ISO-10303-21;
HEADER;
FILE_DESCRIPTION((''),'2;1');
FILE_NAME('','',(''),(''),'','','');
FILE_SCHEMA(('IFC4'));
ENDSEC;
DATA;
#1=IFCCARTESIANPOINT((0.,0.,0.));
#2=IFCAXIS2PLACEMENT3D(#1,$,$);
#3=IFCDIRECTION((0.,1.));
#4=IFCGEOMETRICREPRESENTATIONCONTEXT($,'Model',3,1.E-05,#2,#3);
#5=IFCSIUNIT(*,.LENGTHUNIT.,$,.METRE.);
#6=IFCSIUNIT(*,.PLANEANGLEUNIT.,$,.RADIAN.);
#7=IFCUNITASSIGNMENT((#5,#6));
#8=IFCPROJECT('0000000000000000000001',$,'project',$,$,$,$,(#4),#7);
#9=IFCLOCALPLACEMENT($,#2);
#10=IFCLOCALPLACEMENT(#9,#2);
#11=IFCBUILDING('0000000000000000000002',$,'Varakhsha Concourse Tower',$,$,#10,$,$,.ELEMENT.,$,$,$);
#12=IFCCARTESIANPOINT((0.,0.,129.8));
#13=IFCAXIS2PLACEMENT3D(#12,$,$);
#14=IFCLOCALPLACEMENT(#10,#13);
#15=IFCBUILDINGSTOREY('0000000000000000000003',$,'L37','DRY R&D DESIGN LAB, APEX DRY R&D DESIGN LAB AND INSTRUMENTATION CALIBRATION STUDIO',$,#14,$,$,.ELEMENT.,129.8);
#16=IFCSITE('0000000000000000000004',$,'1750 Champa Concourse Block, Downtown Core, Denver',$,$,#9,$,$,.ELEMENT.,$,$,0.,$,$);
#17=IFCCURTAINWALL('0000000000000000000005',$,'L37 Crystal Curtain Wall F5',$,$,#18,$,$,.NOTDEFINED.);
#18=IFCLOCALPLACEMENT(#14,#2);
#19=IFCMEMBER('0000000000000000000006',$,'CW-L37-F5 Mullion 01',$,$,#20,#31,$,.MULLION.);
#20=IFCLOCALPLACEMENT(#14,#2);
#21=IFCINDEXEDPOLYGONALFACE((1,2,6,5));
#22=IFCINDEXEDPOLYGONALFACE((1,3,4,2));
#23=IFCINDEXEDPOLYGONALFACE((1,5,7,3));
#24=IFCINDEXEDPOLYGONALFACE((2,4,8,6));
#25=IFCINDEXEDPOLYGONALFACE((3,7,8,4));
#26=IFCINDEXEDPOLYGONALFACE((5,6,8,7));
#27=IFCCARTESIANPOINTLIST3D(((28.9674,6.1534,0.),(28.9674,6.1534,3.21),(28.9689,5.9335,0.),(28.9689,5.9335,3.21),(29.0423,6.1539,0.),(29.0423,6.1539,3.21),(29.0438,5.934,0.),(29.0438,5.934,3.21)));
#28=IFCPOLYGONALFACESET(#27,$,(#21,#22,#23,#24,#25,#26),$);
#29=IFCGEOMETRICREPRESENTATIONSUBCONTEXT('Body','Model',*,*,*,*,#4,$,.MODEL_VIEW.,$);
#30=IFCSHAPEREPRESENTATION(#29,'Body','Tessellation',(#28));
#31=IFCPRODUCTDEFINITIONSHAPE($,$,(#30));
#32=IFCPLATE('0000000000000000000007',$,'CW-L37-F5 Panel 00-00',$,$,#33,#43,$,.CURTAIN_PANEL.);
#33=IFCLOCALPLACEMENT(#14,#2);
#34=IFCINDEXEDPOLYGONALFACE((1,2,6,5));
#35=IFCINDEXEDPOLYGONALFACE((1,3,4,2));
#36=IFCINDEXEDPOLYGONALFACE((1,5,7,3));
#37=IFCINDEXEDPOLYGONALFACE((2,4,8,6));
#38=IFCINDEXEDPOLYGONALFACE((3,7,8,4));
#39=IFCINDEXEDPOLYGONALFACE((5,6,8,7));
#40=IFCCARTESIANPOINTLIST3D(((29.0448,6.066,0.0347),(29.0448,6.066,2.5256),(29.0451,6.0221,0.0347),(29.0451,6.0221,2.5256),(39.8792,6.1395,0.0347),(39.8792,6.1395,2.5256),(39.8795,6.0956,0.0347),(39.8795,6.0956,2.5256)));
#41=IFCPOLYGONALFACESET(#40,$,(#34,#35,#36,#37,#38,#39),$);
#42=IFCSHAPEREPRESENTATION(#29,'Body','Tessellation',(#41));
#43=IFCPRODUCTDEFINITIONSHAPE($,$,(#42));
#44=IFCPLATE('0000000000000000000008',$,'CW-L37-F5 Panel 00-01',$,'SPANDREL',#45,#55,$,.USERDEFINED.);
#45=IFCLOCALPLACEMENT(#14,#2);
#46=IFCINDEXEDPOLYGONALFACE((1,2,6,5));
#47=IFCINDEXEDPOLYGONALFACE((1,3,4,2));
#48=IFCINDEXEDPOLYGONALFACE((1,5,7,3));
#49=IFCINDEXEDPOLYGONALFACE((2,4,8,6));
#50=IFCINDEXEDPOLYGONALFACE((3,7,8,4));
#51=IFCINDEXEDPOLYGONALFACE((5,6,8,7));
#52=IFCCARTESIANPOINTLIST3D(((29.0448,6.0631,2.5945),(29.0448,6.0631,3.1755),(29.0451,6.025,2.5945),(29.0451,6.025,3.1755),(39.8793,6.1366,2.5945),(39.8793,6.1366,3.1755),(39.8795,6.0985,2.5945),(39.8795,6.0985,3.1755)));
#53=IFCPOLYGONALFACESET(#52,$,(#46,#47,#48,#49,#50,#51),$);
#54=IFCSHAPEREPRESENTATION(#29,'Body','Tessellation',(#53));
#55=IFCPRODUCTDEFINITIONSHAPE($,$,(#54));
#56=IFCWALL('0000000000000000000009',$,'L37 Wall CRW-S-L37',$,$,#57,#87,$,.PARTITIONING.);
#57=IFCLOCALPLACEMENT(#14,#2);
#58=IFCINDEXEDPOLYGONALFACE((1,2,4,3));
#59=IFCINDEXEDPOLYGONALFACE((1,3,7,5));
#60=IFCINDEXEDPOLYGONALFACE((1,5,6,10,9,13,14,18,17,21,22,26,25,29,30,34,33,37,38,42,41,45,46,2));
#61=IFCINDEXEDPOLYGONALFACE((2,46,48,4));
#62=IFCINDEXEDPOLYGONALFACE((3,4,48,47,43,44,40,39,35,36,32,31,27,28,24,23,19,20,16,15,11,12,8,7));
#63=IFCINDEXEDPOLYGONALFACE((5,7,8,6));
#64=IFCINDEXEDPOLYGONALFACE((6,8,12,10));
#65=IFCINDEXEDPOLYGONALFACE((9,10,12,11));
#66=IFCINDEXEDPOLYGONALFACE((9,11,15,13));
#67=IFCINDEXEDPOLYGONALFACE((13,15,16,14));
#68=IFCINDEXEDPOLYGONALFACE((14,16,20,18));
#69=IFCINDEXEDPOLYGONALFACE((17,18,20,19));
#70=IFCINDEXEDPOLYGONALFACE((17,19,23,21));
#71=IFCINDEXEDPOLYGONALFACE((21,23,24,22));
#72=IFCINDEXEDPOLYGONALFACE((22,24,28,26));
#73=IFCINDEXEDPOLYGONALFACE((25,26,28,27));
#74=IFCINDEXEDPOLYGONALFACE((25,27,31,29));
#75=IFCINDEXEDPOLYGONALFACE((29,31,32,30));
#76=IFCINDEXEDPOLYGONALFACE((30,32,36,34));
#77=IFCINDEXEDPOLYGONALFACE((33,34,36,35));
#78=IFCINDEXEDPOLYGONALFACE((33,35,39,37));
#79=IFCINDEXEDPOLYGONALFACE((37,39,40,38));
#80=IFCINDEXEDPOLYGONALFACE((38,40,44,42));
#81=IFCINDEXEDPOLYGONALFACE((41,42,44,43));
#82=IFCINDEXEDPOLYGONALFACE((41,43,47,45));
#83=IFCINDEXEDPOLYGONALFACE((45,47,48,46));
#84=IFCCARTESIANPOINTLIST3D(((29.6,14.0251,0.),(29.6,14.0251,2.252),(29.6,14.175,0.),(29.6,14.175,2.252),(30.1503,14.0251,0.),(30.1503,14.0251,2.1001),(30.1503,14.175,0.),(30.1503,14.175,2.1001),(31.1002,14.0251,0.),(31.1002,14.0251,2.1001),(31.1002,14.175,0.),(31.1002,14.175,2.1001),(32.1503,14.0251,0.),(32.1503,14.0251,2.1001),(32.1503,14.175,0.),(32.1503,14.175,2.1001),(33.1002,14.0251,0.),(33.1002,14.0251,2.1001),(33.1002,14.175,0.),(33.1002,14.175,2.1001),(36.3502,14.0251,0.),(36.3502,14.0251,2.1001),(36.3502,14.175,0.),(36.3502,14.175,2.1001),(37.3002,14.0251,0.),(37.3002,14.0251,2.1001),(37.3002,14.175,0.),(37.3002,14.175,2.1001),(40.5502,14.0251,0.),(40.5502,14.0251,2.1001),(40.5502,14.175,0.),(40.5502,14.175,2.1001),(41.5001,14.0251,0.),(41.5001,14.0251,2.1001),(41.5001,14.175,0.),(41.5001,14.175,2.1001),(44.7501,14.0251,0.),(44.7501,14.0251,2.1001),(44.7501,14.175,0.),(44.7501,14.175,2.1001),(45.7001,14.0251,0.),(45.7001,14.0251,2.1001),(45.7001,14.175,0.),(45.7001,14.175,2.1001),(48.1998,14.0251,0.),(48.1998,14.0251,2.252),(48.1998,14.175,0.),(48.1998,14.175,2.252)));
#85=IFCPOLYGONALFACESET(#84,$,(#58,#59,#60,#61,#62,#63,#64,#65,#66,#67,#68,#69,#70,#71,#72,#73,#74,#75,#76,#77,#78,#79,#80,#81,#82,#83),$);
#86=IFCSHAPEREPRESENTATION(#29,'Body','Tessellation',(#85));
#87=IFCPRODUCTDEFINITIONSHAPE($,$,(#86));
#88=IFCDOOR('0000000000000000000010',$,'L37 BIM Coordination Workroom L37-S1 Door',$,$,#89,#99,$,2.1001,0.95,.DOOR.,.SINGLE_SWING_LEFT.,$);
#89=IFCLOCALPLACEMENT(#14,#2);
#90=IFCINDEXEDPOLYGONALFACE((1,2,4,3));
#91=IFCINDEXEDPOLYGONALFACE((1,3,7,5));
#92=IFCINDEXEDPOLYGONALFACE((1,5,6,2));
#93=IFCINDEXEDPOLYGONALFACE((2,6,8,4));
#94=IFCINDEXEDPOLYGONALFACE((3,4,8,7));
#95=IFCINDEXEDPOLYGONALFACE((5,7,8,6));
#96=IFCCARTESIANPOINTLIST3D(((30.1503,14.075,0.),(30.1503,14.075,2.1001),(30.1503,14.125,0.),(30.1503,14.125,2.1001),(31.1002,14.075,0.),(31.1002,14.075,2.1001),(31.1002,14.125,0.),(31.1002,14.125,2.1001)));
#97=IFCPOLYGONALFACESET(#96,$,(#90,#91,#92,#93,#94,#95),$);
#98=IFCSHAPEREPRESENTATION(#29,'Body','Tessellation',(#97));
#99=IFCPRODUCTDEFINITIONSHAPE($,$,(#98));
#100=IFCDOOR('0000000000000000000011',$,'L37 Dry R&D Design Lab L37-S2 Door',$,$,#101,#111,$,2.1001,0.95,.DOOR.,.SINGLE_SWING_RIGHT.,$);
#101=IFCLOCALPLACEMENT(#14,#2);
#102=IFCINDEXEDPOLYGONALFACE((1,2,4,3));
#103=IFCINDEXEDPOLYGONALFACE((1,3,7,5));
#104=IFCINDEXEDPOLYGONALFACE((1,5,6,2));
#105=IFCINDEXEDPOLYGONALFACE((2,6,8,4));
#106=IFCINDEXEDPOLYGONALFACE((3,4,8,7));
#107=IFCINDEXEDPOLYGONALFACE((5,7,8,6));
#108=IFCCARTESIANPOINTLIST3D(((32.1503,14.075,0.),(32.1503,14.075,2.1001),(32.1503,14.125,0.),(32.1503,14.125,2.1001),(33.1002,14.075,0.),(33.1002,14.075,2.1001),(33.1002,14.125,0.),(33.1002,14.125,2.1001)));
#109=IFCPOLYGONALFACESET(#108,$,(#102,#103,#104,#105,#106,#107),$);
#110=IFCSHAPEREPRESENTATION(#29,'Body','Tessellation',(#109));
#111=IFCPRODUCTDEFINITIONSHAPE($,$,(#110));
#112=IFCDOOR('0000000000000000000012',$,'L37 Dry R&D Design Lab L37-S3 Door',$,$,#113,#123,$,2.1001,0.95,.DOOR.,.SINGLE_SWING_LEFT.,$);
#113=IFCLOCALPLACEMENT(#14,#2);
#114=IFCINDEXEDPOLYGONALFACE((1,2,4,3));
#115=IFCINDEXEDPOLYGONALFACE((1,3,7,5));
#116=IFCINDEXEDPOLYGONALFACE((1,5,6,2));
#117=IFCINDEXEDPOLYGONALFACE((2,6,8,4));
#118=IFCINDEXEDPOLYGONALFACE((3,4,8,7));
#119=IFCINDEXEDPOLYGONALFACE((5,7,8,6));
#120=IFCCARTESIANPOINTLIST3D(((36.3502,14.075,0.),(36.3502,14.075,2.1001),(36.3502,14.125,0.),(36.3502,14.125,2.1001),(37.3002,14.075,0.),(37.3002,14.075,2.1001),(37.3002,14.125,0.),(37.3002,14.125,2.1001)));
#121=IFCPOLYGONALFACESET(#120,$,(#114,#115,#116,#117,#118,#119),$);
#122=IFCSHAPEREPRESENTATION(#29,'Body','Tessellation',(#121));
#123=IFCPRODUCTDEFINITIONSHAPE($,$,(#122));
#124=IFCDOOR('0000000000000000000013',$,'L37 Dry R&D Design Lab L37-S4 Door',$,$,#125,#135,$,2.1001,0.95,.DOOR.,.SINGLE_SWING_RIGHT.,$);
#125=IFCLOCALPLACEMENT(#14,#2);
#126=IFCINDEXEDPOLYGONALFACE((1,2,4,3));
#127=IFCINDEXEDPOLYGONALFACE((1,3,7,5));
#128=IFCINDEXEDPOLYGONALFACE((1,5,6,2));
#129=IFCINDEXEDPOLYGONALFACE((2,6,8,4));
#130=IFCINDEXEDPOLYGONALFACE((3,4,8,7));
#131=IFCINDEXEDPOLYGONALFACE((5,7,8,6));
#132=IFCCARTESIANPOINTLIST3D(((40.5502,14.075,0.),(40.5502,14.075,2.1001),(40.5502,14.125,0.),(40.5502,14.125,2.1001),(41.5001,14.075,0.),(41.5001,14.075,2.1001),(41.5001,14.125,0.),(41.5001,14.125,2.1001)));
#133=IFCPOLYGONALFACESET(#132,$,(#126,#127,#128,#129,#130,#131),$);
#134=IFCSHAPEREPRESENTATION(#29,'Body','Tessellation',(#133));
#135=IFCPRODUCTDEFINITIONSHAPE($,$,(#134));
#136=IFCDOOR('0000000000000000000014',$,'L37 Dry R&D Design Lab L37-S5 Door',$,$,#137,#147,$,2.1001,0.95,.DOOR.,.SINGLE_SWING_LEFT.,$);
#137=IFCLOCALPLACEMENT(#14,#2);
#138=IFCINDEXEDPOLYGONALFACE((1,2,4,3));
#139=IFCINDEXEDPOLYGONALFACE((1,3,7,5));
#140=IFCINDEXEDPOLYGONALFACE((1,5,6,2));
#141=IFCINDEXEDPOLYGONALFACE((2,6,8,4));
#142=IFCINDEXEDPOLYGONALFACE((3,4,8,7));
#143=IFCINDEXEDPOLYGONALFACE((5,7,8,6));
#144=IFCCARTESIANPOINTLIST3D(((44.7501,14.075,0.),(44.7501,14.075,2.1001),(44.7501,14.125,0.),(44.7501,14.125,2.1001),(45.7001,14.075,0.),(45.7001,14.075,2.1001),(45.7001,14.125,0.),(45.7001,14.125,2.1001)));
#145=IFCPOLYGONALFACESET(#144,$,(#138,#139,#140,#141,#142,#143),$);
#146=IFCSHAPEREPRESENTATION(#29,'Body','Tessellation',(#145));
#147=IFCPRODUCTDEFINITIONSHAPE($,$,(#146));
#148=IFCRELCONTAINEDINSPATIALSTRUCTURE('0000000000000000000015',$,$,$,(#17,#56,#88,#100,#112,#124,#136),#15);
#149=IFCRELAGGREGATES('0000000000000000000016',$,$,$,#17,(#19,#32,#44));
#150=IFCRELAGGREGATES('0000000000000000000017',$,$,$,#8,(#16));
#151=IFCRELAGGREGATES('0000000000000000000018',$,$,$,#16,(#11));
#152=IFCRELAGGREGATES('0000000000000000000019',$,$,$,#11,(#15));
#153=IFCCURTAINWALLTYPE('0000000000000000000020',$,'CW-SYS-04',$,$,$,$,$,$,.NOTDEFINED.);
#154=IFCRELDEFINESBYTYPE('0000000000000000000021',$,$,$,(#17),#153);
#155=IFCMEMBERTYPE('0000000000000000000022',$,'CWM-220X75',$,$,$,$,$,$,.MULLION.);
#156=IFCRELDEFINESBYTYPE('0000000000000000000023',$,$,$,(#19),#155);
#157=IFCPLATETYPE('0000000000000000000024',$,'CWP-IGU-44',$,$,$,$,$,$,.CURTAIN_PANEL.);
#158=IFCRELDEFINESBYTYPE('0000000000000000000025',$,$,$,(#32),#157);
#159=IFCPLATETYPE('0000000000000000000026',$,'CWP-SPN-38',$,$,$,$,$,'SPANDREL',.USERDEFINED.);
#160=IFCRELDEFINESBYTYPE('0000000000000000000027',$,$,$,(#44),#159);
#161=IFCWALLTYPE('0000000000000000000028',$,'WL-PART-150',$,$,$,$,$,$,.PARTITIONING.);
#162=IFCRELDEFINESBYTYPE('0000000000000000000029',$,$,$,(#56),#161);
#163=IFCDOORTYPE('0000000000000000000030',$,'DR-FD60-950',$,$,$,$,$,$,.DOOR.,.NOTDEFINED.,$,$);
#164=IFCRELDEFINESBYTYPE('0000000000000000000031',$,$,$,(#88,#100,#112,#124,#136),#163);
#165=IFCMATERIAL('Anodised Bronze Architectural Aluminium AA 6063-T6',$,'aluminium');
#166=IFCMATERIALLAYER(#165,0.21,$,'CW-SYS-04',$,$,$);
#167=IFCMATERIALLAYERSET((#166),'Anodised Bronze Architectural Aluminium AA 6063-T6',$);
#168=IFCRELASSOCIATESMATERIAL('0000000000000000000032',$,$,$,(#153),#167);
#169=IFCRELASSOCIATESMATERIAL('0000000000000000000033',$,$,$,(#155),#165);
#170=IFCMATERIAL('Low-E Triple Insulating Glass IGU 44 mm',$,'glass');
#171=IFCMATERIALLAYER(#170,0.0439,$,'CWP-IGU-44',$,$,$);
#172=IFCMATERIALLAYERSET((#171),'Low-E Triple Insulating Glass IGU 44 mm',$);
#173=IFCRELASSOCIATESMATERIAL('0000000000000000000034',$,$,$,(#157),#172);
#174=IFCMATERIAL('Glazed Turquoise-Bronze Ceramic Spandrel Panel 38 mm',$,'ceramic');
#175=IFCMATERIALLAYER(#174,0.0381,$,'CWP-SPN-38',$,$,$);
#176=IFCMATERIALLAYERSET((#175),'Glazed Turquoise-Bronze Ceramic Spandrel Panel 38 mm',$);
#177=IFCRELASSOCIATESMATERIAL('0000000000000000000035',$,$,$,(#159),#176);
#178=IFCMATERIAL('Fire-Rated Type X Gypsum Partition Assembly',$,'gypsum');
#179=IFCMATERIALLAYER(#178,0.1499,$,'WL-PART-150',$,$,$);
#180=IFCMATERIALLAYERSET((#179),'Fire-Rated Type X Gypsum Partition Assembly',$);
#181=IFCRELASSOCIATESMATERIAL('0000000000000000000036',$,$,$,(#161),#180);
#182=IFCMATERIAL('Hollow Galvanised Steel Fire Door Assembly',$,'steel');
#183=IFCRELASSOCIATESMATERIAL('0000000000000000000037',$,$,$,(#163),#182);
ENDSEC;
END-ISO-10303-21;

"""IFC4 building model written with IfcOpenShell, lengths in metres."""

from ifc_helpers import new_model, si_unit, direction, frame, frame_2d, origin, origin_2d, place, context, subcontext, project, spatial, rectangle, extrude, source, transform, mapped, material, layer, layer_set, material_profile, profile_set, type_object, type_shapes, element, fill, aggregate, save


model = new_model("IFC4")

# Units and contexts
model_context = context("Model", 3, precision=1e-05, world=origin(), true_north=direction((0.0, 1.0)))
body_context = subcontext(model_context, "Body", "Model", "MODEL_VIEW")
ifc_project = project(units=[si_unit("LENGTHUNIT", "METRE"), si_unit("PLANEANGLEUNIT", "RADIAN")], contexts=[model_context])

# Site, building, storey
site_placement = place(None, origin())
site = spatial("IfcSite", under=ifc_project, at=site_placement, Name="1750 Champa Concourse Block, Downtown Core, Denver", CompositionType="ELEMENT", RefElevation=0.0)
building_placement = place(site_placement, origin())
building = spatial("IfcBuilding", under=site, at=building_placement, Name="Varakhsha Concourse Tower", CompositionType="ELEMENT")
storey_placement = place(building_placement, frame((0.0, 0.0, 129.8)))
storey = spatial("IfcBuildingStorey", under=building, at=storey_placement, Name="L37", Description="DRY R&D DESIGN LAB, APEX DRY R&D DESIGN LAB AND INSTRUMENTATION CALIBRATION STUDIO", CompositionType="ELEMENT", Elevation=129.8)

# Curtain wall, member, plates
ifc_material_1 = material(Name="Anodised Bronze Architectural Aluminium AA 6063-T6", Category="aluminium")
ifc_layer_1 = layer(ifc_material_1, 0.21, Name="CW-SYS-04")
ifc_layer_set_1 = layer_set([ifc_layer_1], Name="Anodised Bronze Architectural Aluminium AA 6063-T6")
curtain_wall_type = type_object("IfcCurtainWallType", Name="CW-SYS-04", PredefinedType="NOTDEFINED", material=ifc_layer_set_1)
curtain_wall_placement = place(storey_placement, origin())
curtain_wall = element("IfcCurtainWall", 1, at=curtain_wall_placement, inside=storey, type_object=curtain_wall_type, Name="L37 Crystal Curtain Wall F5", PredefinedType="NOTDEFINED")
ifc_material_profile_1 = material_profile(ifc_material_1, rectangle(XDim=0.075, YDim=0.22, at=origin_2d()), Name="CWM-220X75")
ifc_profile_set_1 = profile_set([ifc_material_profile_1], Name="Anodised Bronze Architectural Aluminium AA 6063-T6")
member_type = type_object("IfcMemberType", Name="CWM-220X75", PredefinedType="MULLION", material=ifc_profile_set_1)
shared_shape_1 = source(origin(), body_context, "Body", "SweptSolid", [
    extrude(rectangle(XDim=0.075, YDim=0.22, at=origin_2d()), origin(), (0.0, 0.0, 1.0), 3.21),
])
type_shapes(member_type, [shared_shape_1])
member_placement = place(storey_placement, frame((29.0056, 6.0437, 0.0), z_axis=(0.0, 0.0, 1.0), x_axis=(-0.999977, -0.006786, 0.0)))
member = element("IfcMember", 2, at=member_placement, type_object=member_type, Name="CW-L37-F5 Mullion 01", PredefinedType="MULLION", context=body_context, shape_type="MappedRepresentation", body=[
    mapped(shared_shape_1, transform((0.0, 0.0, 0.0), scale=1.0)),
])
ifc_material_2 = material(Name="Low-E Triple Insulating Glass IGU 44 mm", Category="glass")
ifc_layer_2 = layer(ifc_material_2, 0.0439, Name="CWP-IGU-44")
ifc_layer_set_2 = layer_set([ifc_layer_2], Name="Low-E Triple Insulating Glass IGU 44 mm")
plate_type_1 = type_object("IfcPlateType", Name="CWP-IGU-44", PredefinedType="CURTAIN_PANEL", material=ifc_layer_set_2)
shared_shape_2 = source(origin(), body_context, "Body", "SweptSolid", [
    extrude(rectangle(XDim=10.8347, YDim=0.0439, at=origin_2d()), origin(), (0.0, 0.0, 1.0), 2.491),
])
type_shapes(plate_type_1, [shared_shape_2])
plate_1_placement = place(storey_placement, frame((34.4622, 6.0808, 0.0347), z_axis=(0.0, 0.0, 1.0), x_axis=(-0.999977, -0.006786, 0.0)))
plate_1 = element("IfcPlate", 3, at=plate_1_placement, type_object=plate_type_1, Name="CW-L37-F5 Panel 00-00", PredefinedType="CURTAIN_PANEL", context=body_context, shape_type="MappedRepresentation", body=[
    mapped(shared_shape_2, transform((0.0, 0.0, 0.0), scale=1.0)),
])
ifc_material_3 = material(Name="Glazed Turquoise-Bronze Ceramic Spandrel Panel 38 mm", Category="ceramic")
ifc_layer_3 = layer(ifc_material_3, 0.0381, Name="CWP-SPN-38")
ifc_layer_set_3 = layer_set([ifc_layer_3], Name="Glazed Turquoise-Bronze Ceramic Spandrel Panel 38 mm")
plate_type_2 = type_object("IfcPlateType", Name="CWP-SPN-38", ElementType="SPANDREL", PredefinedType="USERDEFINED", material=ifc_layer_set_3)
shared_shape_3 = source(origin(), body_context, "Body", "SweptSolid", [
    extrude(rectangle(XDim=10.8347, YDim=0.0381, at=origin_2d()), origin(), (0.0, 0.0, 1.0), 0.5811),
])
type_shapes(plate_type_2, [shared_shape_3])
plate_2_placement = place(storey_placement, frame((34.4622, 6.0808, 2.5945), z_axis=(0.0, 0.0, 1.0), x_axis=(-0.999977, -0.006786, 0.0)))
plate_2 = element("IfcPlate", 4, at=plate_2_placement, type_object=plate_type_2, Name="CW-L37-F5 Panel 00-01", ObjectType="SPANDREL", PredefinedType="USERDEFINED", context=body_context, shape_type="MappedRepresentation", body=[
    mapped(shared_shape_3, transform((0.0, 0.0, 0.0), scale=1.0)),
])
aggregate(curtain_wall, [member, plate_1, plate_2])

# Wall, openings, doors
ifc_material_4 = material(Name="Fire-Rated Type X Gypsum Partition Assembly", Category="gypsum")
ifc_layer_4 = layer(ifc_material_4, 0.1499, Name="WL-PART-150")
ifc_layer_set_4 = layer_set([ifc_layer_4], Name="Fire-Rated Type X Gypsum Partition Assembly")
wall_type = type_object("IfcWallType", Name="WL-PART-150", PredefinedType="PARTITIONING", material=ifc_layer_set_4)
wall_1_placement = place(storey_placement, frame((29.6001, 14.1001, 0.0), z_axis=(0.0, 0.0, 1.0), x_axis=(1.0, 0.0, 0.0)))
wall_1 = element("IfcWall", 5, at=wall_1_placement, inside=storey, type_object=wall_type, Name="L37 Wall CRW-S-L37", PredefinedType="PARTITIONING", context=body_context, shape_type="SweptSolid", body=[
    extrude(rectangle(XDim=18.5999, YDim=0.1499, at=frame_2d((9.2998, 0.0))), origin(), (0.0, 0.0, 1.0), 2.252),
])
opening_1_placement = place(wall_1_placement, frame((0.55, 0.0, 0.0)))
opening_1 = element("IfcOpeningElement", 6, at=opening_1_placement, cuts=wall_1, PredefinedType="OPENING", context=body_context, shape_type="SweptSolid", body=[
    extrude(rectangle(XDim=0.95, YDim=2.1001, at=frame_2d((0.4751, 1.05))), frame((0.0, 0.085, 0.0), z_axis=(0.0, -1.0, 0.0), x_axis=(1.0, 0.0, 0.0)), (0.0, 0.0, 1.0), 0.1699),
])
opening_2_placement = place(wall_1_placement, frame((2.55, 0.0, 0.0)))
opening_2 = element("IfcOpeningElement", 7, at=opening_2_placement, cuts=wall_1, PredefinedType="OPENING", context=body_context, shape_type="SweptSolid", body=[
    extrude(rectangle(XDim=0.95, YDim=2.1001, at=frame_2d((0.4751, 1.05))), frame((0.0, 0.085, 0.0), z_axis=(0.0, -1.0, 0.0), x_axis=(1.0, 0.0, 0.0)), (0.0, 0.0, 1.0), 0.1699),
])
opening_3_placement = place(wall_1_placement, frame((6.75, 0.0, 0.0)))
opening_3 = element("IfcOpeningElement", 8, at=opening_3_placement, cuts=wall_1, PredefinedType="OPENING", context=body_context, shape_type="SweptSolid", body=[
    extrude(rectangle(XDim=0.95, YDim=2.1001, at=frame_2d((0.4751, 1.05))), frame((0.0, 0.085, 0.0), z_axis=(0.0, -1.0, 0.0), x_axis=(1.0, 0.0, 0.0)), (0.0, 0.0, 1.0), 0.1699),
])
opening_4_placement = place(wall_1_placement, frame((10.95, 0.0, 0.0)))
opening_4 = element("IfcOpeningElement", 9, at=opening_4_placement, cuts=wall_1, PredefinedType="OPENING", context=body_context, shape_type="SweptSolid", body=[
    extrude(rectangle(XDim=0.95, YDim=2.1001, at=frame_2d((0.4751, 1.05))), frame((0.0, 0.085, 0.0), z_axis=(0.0, -1.0, 0.0), x_axis=(1.0, 0.0, 0.0)), (0.0, 0.0, 1.0), 0.1699),
])
opening_5_placement = place(wall_1_placement, frame((15.1499, 0.0, 0.0)))
opening_5 = element("IfcOpeningElement", 10, at=opening_5_placement, cuts=wall_1, PredefinedType="OPENING", context=body_context, shape_type="SweptSolid", body=[
    extrude(rectangle(XDim=0.95, YDim=2.1001, at=frame_2d((0.4751, 1.05))), frame((0.0, 0.085, 0.0), z_axis=(0.0, -1.0, 0.0), x_axis=(1.0, 0.0, 0.0)), (0.0, 0.0, 1.0), 0.1699),
])
ifc_material_5 = material(Name="Hollow Galvanised Steel Fire Door Assembly", Category="steel")
door_type_1 = type_object("IfcDoorType", Name="DR-FD60-950", OperationType="NOTDEFINED", PredefinedType="DOOR", material=ifc_material_5)
door_1_placement = place(opening_1_placement, origin())
door_1 = element("IfcDoor", 11, at=door_1_placement, inside=storey, type_object=door_type_1, Name="L37 BIM Coordination Workroom L37-S1 Door", OperationType="SINGLE_SWING_LEFT", OverallHeight=2.1001, OverallWidth=0.95, PredefinedType="DOOR", context=body_context, shape_type="SweptSolid", body=[
    extrude(rectangle(XDim=0.95, YDim=2.1001, at=frame_2d((0.4751, 1.05))), frame((0.0, 0.0249, 0.0), z_axis=(0.0, -1.0, 0.0), x_axis=(1.0, 0.0, 0.0)), (0.0, 0.0, 1.0), 0.05),
])
fill(opening_1, door_1)
door_2_placement = place(opening_2_placement, origin())
door_2 = element("IfcDoor", 12, at=door_2_placement, inside=storey, type_object=door_type_1, Name="L37 Dry R&D Design Lab L37-S2 Door", OperationType="SINGLE_SWING_RIGHT", OverallHeight=2.1001, OverallWidth=0.95, PredefinedType="DOOR", context=body_context, shape_type="SweptSolid", body=[
    extrude(rectangle(XDim=0.95, YDim=2.1001, at=frame_2d((0.4751, 1.05))), frame((0.0, 0.0249, 0.0), z_axis=(0.0, -1.0, 0.0), x_axis=(1.0, 0.0, 0.0)), (0.0, 0.0, 1.0), 0.05),
])
fill(opening_2, door_2)
door_3_placement = place(opening_3_placement, origin())
door_3 = element("IfcDoor", 13, at=door_3_placement, inside=storey, type_object=door_type_1, Name="L37 Dry R&D Design Lab L37-S3 Door", OperationType="SINGLE_SWING_LEFT", OverallHeight=2.1001, OverallWidth=0.95, PredefinedType="DOOR", context=body_context, shape_type="SweptSolid", body=[
    extrude(rectangle(XDim=0.95, YDim=2.1001, at=frame_2d((0.4751, 1.05))), frame((0.0, 0.0249, 0.0), z_axis=(0.0, -1.0, 0.0), x_axis=(1.0, 0.0, 0.0)), (0.0, 0.0, 1.0), 0.05),
])
fill(opening_3, door_3)
door_4_placement = place(opening_4_placement, origin())
door_4 = element("IfcDoor", 14, at=door_4_placement, inside=storey, type_object=door_type_1, Name="L37 Dry R&D Design Lab L37-S4 Door", OperationType="SINGLE_SWING_RIGHT", OverallHeight=2.1001, OverallWidth=0.95, PredefinedType="DOOR", context=body_context, shape_type="SweptSolid", body=[
    extrude(rectangle(XDim=0.95, YDim=2.1001, at=frame_2d((0.4751, 1.05))), frame((0.0, 0.0249, 0.0), z_axis=(0.0, -1.0, 0.0), x_axis=(1.0, 0.0, 0.0)), (0.0, 0.0, 1.0), 0.05),
])
fill(opening_4, door_4)
door_5_placement = place(opening_5_placement, origin())
door_5 = element("IfcDoor", 15, at=door_5_placement, inside=storey, type_object=door_type_1, Name="L37 Dry R&D Design Lab L37-S5 Door", OperationType="SINGLE_SWING_LEFT", OverallHeight=2.1001, OverallWidth=0.95, PredefinedType="DOOR", context=body_context, shape_type="SweptSolid", body=[
    extrude(rectangle(XDim=0.95, YDim=2.1001, at=frame_2d((0.4751, 1.05))), frame((0.0, 0.0249, 0.0), z_axis=(0.0, -1.0, 0.0), x_axis=(1.0, 0.0, 0.0)), (0.0, 0.0, 1.0), 0.05),
])
fill(opening_5, door_5)

save(model, "model.ifc")
